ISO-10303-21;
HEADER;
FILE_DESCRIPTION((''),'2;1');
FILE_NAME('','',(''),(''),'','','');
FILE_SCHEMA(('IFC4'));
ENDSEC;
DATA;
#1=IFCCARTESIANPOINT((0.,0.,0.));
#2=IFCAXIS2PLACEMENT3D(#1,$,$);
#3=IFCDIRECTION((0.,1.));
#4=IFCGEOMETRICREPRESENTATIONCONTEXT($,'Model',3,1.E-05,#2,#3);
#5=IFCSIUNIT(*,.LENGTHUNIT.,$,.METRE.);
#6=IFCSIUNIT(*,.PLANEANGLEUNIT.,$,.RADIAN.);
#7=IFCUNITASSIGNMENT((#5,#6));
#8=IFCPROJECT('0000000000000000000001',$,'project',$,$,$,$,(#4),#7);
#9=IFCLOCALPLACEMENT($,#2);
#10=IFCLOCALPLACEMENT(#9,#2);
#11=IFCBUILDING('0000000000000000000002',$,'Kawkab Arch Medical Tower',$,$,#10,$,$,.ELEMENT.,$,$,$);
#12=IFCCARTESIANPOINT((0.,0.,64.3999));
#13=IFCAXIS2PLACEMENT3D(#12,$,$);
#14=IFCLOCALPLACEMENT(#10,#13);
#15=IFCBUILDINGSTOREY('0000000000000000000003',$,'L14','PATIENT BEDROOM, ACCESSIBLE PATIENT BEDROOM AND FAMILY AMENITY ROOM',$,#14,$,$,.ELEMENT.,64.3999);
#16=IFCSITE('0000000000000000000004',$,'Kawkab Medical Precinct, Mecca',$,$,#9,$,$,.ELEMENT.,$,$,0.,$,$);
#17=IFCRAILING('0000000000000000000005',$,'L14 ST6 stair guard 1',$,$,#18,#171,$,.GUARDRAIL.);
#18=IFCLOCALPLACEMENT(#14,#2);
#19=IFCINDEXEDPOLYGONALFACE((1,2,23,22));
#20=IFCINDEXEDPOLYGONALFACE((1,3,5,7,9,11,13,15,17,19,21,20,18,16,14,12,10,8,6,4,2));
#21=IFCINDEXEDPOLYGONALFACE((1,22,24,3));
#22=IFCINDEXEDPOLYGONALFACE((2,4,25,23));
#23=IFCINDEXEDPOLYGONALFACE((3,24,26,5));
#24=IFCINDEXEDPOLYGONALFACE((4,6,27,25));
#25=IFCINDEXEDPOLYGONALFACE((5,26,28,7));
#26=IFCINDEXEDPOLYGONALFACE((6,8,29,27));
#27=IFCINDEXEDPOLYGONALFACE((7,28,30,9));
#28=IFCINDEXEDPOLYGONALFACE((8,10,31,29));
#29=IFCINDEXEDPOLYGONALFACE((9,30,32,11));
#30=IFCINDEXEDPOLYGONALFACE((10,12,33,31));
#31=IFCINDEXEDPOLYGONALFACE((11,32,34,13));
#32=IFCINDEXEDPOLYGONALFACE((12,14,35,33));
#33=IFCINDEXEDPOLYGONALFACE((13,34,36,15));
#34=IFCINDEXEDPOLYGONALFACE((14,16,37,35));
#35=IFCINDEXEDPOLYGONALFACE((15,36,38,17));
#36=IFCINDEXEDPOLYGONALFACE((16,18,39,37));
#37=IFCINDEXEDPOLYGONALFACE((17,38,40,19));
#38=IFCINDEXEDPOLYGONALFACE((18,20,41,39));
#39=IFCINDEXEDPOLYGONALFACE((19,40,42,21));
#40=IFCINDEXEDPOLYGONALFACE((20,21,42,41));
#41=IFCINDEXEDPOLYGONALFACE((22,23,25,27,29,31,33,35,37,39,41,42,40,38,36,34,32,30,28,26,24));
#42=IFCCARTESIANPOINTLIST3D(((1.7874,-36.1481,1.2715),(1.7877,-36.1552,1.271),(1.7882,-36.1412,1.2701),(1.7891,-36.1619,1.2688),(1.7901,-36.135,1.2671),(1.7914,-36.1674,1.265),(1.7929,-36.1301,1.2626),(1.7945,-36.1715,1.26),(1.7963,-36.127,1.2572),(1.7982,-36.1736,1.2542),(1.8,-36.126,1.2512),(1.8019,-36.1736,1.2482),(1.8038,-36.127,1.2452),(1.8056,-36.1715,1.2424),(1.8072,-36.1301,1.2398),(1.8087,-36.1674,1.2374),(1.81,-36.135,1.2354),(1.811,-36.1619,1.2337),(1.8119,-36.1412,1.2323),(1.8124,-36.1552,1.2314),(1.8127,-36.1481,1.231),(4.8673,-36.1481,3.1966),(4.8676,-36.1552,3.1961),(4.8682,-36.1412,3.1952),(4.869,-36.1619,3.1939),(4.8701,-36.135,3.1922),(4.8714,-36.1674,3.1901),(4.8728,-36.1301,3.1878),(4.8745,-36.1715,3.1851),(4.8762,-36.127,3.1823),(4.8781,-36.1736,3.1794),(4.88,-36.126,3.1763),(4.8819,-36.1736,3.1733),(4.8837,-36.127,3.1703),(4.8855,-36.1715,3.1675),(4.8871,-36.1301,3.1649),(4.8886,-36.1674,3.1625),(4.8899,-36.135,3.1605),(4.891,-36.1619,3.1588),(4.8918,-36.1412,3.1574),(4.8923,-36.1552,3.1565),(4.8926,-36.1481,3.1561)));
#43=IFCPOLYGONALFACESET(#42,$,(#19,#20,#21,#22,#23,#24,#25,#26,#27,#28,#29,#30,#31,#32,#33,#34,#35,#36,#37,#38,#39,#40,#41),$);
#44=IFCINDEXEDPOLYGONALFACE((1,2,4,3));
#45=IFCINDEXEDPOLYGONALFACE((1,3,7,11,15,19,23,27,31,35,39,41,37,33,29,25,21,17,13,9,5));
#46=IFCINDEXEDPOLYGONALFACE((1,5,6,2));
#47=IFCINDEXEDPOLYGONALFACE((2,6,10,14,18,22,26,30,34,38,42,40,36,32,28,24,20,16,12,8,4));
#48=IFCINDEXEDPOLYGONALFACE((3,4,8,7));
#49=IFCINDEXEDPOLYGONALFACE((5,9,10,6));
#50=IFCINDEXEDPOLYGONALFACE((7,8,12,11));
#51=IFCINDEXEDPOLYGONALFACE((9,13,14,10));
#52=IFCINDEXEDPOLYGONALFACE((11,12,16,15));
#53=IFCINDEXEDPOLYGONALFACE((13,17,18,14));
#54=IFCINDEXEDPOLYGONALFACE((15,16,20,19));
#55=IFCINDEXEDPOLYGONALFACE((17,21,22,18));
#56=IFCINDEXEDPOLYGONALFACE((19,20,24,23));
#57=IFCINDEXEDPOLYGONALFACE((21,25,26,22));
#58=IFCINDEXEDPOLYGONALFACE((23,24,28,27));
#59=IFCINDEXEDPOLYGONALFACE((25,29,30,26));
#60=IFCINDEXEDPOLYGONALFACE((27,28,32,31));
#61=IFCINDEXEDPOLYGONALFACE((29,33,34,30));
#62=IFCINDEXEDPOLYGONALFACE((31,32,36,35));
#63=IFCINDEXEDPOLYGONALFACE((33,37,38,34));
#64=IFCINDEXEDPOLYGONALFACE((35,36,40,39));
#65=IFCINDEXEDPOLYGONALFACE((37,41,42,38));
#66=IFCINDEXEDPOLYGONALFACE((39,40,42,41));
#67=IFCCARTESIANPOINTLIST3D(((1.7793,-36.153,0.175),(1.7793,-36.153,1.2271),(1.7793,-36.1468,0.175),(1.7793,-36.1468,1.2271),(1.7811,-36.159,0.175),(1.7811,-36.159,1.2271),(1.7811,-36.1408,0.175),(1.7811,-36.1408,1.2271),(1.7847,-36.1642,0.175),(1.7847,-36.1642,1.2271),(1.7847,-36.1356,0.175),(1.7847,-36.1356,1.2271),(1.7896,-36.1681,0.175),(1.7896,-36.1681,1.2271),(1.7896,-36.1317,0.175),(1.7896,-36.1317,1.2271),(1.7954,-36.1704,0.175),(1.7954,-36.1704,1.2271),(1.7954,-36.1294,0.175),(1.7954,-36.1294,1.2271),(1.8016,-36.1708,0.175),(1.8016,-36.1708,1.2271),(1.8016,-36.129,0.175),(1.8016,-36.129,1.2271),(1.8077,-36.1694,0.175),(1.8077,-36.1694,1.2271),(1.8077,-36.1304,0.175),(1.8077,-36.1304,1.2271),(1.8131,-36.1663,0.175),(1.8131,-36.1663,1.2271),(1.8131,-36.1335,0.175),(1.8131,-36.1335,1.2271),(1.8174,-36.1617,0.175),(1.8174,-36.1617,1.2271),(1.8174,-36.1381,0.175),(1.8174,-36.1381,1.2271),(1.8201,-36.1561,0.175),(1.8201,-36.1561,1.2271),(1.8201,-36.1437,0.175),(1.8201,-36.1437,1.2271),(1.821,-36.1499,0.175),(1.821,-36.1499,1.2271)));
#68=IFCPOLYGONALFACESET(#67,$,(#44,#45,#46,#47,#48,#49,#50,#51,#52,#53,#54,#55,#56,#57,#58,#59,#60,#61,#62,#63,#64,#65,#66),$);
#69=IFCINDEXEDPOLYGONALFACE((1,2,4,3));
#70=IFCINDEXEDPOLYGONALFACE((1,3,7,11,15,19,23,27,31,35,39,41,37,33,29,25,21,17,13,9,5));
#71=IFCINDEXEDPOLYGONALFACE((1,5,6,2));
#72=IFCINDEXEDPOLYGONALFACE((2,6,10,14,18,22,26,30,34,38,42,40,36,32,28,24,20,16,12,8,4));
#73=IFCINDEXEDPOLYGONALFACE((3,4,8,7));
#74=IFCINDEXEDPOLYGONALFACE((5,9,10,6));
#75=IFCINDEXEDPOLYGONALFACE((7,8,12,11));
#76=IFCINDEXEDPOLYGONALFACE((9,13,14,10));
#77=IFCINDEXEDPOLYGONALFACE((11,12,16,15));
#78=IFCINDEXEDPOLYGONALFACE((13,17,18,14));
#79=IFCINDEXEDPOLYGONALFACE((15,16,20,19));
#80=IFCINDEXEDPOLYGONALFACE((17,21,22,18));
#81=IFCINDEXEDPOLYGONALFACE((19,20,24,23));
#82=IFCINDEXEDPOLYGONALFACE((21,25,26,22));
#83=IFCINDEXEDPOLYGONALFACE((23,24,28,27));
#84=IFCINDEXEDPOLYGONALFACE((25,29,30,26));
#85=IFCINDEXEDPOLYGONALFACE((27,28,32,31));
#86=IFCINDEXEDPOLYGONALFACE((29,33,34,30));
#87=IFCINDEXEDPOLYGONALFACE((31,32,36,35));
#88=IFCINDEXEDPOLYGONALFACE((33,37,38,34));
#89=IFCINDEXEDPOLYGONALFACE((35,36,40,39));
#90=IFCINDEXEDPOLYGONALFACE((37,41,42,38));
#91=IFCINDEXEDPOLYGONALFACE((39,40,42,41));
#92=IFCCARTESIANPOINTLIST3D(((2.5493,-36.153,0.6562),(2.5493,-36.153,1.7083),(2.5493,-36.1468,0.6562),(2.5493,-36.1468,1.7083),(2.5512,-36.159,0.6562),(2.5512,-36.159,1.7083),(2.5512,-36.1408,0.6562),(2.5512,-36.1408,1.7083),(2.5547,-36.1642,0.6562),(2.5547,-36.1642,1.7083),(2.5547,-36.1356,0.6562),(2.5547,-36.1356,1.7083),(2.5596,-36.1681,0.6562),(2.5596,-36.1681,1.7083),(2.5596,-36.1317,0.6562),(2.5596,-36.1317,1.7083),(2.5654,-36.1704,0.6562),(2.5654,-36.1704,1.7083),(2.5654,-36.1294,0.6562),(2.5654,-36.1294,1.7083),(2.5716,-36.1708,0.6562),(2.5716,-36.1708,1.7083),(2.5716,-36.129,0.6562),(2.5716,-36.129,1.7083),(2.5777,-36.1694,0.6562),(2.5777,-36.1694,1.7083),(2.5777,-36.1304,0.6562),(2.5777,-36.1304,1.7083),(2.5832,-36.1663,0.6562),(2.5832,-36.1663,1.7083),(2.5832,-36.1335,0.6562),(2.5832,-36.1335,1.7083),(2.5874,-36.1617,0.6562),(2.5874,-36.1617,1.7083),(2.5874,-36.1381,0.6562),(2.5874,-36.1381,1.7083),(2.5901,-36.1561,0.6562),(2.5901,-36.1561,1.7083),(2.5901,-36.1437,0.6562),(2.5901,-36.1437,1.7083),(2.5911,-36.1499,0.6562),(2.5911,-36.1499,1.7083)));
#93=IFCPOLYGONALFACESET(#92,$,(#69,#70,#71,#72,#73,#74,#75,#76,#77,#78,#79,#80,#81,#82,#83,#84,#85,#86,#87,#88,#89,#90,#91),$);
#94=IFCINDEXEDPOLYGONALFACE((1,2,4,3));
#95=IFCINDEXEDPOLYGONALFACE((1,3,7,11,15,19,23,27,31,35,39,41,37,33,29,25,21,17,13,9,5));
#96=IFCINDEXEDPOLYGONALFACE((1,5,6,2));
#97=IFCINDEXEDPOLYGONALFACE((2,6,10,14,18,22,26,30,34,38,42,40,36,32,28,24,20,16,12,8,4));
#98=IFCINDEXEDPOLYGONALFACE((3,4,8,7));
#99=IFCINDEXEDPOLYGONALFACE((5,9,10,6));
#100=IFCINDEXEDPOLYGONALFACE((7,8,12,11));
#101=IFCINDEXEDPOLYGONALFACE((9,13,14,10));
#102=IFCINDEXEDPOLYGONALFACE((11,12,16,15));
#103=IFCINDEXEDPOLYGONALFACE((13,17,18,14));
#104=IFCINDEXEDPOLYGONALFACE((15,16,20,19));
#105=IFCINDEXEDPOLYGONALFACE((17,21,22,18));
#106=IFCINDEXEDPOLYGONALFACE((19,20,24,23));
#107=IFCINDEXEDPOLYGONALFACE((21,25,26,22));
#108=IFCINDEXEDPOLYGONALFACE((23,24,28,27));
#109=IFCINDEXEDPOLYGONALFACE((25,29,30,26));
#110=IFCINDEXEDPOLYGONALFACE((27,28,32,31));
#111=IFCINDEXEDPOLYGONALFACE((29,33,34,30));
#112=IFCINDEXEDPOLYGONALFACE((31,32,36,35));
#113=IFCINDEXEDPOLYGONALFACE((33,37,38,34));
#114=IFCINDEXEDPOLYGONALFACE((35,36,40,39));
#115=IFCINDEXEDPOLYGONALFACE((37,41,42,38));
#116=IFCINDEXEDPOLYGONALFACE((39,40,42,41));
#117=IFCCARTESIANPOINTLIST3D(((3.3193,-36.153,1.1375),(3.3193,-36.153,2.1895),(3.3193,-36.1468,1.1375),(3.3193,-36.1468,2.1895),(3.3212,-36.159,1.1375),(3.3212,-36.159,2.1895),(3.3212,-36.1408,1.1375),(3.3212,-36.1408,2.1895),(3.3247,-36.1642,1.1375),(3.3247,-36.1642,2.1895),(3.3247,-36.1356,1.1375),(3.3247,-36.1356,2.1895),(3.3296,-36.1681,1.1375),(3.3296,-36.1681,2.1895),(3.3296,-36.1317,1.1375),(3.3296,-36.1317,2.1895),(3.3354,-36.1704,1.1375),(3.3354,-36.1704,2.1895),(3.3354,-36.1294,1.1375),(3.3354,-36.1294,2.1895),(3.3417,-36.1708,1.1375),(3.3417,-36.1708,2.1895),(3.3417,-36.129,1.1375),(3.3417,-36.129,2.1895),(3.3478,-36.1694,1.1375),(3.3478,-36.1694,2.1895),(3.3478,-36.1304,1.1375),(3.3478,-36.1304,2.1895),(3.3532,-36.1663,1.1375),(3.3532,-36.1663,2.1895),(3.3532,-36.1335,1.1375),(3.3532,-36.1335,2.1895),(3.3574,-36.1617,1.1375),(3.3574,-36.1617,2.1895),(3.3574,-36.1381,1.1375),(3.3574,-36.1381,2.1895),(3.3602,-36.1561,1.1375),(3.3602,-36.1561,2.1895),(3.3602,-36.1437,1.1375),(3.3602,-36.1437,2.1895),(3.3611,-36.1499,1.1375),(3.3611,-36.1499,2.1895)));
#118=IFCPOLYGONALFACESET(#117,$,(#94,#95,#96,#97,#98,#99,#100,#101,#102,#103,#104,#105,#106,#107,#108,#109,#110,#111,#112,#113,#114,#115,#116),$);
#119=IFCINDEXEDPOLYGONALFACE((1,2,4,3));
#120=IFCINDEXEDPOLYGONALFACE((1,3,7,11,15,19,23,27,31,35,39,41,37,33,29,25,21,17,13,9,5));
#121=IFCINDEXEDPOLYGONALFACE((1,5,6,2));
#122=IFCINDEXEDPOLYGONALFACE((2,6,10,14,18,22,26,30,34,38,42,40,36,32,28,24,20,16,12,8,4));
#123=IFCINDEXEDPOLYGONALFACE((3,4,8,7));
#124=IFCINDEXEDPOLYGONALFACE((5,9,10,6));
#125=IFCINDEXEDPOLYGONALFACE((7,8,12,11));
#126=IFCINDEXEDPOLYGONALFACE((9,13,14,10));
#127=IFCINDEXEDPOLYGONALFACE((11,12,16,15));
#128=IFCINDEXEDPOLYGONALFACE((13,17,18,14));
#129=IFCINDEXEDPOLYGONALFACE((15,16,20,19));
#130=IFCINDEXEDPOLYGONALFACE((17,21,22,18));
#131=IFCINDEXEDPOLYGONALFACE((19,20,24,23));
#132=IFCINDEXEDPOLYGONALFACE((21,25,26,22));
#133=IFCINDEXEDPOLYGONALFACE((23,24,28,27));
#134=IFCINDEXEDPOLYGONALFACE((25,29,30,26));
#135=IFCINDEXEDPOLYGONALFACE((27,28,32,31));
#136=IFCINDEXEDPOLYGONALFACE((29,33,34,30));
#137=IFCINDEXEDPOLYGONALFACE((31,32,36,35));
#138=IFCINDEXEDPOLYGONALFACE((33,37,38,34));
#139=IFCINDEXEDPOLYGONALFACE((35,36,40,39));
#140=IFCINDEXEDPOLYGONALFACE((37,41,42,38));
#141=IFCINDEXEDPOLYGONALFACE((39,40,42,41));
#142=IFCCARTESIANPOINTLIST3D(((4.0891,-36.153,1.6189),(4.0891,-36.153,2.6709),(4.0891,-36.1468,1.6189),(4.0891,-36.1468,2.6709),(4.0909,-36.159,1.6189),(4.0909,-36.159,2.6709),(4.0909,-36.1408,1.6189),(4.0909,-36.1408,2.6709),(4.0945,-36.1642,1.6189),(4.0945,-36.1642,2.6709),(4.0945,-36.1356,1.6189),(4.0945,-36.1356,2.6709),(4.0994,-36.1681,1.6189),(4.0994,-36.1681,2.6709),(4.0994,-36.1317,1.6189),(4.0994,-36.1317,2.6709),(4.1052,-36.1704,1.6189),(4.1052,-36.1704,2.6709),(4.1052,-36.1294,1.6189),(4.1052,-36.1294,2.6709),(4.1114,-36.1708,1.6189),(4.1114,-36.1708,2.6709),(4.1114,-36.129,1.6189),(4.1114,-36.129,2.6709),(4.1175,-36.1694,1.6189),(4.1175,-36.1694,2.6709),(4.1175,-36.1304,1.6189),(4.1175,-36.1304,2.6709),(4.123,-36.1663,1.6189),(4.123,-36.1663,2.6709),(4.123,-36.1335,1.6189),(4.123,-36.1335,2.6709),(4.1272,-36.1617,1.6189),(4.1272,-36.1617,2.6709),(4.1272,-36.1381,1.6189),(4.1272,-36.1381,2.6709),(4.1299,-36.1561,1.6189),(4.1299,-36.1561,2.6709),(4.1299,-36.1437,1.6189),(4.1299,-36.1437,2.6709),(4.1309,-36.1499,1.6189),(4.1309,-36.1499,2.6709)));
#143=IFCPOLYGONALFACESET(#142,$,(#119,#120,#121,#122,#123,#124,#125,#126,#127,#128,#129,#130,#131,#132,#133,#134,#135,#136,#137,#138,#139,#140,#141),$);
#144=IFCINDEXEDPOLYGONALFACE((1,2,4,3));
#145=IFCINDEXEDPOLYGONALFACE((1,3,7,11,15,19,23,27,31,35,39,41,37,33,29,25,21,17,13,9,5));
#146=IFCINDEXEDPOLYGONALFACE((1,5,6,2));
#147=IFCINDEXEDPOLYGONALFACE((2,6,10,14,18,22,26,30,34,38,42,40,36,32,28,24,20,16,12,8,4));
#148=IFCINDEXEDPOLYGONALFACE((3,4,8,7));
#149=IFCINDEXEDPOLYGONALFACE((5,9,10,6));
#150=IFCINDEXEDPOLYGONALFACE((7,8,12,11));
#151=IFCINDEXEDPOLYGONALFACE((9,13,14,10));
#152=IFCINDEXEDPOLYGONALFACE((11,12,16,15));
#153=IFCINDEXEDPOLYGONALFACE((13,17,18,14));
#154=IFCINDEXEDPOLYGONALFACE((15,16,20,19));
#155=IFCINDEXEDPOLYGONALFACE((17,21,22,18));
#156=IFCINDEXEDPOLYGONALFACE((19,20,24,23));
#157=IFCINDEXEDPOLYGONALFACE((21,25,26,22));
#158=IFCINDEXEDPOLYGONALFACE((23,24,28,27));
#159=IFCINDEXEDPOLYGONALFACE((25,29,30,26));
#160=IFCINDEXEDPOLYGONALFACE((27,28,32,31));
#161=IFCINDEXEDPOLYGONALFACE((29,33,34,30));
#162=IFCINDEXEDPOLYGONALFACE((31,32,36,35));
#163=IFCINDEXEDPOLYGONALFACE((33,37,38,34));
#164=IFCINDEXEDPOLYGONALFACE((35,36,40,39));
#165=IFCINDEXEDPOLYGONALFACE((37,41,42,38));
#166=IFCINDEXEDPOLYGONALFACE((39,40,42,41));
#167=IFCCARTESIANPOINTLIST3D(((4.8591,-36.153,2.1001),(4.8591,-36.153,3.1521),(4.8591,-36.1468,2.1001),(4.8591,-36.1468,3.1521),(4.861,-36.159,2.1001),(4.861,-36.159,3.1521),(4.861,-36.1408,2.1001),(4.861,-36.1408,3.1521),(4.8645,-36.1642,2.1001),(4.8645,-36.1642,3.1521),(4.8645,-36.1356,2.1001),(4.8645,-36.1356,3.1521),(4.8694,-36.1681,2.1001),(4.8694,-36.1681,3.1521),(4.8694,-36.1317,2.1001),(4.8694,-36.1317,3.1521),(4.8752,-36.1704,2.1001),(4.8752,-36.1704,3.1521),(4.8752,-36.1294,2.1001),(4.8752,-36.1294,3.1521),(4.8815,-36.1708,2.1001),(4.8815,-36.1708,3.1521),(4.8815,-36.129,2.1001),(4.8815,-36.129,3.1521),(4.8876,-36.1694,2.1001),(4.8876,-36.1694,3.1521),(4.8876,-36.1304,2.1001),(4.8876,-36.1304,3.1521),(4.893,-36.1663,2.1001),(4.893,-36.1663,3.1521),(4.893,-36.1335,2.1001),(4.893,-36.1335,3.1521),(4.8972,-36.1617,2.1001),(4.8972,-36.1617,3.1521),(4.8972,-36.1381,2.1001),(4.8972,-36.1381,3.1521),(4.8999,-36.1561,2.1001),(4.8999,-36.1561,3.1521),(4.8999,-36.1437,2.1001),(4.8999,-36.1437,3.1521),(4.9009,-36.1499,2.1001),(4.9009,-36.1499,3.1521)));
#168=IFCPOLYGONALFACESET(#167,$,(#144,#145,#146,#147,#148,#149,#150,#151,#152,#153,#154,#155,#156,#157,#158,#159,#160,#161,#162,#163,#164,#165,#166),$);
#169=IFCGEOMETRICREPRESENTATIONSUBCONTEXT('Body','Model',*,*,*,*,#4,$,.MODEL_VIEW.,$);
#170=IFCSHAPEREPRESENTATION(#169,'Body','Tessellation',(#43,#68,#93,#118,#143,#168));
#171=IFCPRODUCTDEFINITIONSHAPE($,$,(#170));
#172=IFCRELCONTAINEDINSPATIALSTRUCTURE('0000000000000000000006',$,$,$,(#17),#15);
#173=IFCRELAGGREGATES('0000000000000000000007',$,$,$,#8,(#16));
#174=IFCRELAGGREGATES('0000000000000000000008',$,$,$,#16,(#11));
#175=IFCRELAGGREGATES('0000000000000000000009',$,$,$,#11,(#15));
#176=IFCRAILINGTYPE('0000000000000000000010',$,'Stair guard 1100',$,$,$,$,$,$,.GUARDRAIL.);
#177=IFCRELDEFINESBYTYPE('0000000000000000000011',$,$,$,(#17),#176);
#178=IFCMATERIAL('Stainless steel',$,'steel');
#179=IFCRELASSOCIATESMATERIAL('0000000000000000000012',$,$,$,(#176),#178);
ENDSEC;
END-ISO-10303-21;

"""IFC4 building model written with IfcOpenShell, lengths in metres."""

from ifc_helpers import new_model, si_unit, direction, frame, origin, origin_2d, place, context, subcontext, project, spatial, circle, extrude, material, type_object, element, save


model = new_model("IFC4")

# Units and contexts
model_context = context("Model", 3, precision=1e-05, world=origin(), true_north=direction((0.0, 1.0)))
body_context = subcontext(model_context, "Body", "Model", "MODEL_VIEW")
ifc_project = project(units=[si_unit("LENGTHUNIT", "METRE"), si_unit("PLANEANGLEUNIT", "RADIAN")], contexts=[model_context])

# Site, building, storey
site_placement = place(None, origin())
site = spatial("IfcSite", under=ifc_project, at=site_placement, Name="Kawkab Medical Precinct, Mecca", CompositionType="ELEMENT", RefElevation=0.0)
building_placement = place(site_placement, origin())
building = spatial("IfcBuilding", under=site, at=building_placement, Name="Kawkab Arch Medical Tower", CompositionType="ELEMENT")
storey_placement = place(building_placement, frame((0.0, 0.0, 64.3999)))
storey = spatial("IfcBuildingStorey", under=building, at=storey_placement, Name="L14", Description="PATIENT BEDROOM, ACCESSIBLE PATIENT BEDROOM AND FAMILY AMENITY ROOM", CompositionType="ELEMENT", Elevation=64.3999)

# Railing
ifc_material_1 = material(Name="Stainless steel", Category="steel")
railing_type = type_object("IfcRailingType", Name="Stair guard 1100", PredefinedType="GUARDRAIL", material=ifc_material_1)
railing_1_placement = place(storey_placement, frame((1.8, -36.1499, 0.175)))
element("IfcRailing", 1, at=railing_1_placement, inside=storey, type_object=railing_type, Name="L14 ST6 stair guard 1", PredefinedType="GUARDRAIL", context=body_context, shape_type="SweptSolid", body=[
    extrude(circle(Radius=0.0239, at=origin_2d()), frame((0.0, 0.0, 1.0762), z_axis=(0.847979, 0.0, 0.530029), x_axis=(0.0, 1.0, 0.0)), (0.0, 0.0, 1.0), 3.6321),
    extrude(circle(Radius=0.021, at=origin_2d()), origin(), (0.0, 0.0, 1.0), 1.052),
    extrude(circle(Radius=0.021, at=origin_2d()), frame((0.77, 0.0, 0.4812)), (0.0, 0.0, 1.0), 1.052),
    extrude(circle(Radius=0.021, at=origin_2d()), frame((1.54, 0.0, 0.9624)), (0.0, 0.0, 1.0), 1.052),
    extrude(circle(Radius=0.021, at=origin_2d()), frame((2.3098, 0.0, 1.4438)), (0.0, 0.0, 1.0), 1.052),
    extrude(circle(Radius=0.021, at=origin_2d()), frame((3.0798, 0.0, 1.925)), (0.0, 0.0, 1.0), 1.052),
])

save(model, "model.ifc")
